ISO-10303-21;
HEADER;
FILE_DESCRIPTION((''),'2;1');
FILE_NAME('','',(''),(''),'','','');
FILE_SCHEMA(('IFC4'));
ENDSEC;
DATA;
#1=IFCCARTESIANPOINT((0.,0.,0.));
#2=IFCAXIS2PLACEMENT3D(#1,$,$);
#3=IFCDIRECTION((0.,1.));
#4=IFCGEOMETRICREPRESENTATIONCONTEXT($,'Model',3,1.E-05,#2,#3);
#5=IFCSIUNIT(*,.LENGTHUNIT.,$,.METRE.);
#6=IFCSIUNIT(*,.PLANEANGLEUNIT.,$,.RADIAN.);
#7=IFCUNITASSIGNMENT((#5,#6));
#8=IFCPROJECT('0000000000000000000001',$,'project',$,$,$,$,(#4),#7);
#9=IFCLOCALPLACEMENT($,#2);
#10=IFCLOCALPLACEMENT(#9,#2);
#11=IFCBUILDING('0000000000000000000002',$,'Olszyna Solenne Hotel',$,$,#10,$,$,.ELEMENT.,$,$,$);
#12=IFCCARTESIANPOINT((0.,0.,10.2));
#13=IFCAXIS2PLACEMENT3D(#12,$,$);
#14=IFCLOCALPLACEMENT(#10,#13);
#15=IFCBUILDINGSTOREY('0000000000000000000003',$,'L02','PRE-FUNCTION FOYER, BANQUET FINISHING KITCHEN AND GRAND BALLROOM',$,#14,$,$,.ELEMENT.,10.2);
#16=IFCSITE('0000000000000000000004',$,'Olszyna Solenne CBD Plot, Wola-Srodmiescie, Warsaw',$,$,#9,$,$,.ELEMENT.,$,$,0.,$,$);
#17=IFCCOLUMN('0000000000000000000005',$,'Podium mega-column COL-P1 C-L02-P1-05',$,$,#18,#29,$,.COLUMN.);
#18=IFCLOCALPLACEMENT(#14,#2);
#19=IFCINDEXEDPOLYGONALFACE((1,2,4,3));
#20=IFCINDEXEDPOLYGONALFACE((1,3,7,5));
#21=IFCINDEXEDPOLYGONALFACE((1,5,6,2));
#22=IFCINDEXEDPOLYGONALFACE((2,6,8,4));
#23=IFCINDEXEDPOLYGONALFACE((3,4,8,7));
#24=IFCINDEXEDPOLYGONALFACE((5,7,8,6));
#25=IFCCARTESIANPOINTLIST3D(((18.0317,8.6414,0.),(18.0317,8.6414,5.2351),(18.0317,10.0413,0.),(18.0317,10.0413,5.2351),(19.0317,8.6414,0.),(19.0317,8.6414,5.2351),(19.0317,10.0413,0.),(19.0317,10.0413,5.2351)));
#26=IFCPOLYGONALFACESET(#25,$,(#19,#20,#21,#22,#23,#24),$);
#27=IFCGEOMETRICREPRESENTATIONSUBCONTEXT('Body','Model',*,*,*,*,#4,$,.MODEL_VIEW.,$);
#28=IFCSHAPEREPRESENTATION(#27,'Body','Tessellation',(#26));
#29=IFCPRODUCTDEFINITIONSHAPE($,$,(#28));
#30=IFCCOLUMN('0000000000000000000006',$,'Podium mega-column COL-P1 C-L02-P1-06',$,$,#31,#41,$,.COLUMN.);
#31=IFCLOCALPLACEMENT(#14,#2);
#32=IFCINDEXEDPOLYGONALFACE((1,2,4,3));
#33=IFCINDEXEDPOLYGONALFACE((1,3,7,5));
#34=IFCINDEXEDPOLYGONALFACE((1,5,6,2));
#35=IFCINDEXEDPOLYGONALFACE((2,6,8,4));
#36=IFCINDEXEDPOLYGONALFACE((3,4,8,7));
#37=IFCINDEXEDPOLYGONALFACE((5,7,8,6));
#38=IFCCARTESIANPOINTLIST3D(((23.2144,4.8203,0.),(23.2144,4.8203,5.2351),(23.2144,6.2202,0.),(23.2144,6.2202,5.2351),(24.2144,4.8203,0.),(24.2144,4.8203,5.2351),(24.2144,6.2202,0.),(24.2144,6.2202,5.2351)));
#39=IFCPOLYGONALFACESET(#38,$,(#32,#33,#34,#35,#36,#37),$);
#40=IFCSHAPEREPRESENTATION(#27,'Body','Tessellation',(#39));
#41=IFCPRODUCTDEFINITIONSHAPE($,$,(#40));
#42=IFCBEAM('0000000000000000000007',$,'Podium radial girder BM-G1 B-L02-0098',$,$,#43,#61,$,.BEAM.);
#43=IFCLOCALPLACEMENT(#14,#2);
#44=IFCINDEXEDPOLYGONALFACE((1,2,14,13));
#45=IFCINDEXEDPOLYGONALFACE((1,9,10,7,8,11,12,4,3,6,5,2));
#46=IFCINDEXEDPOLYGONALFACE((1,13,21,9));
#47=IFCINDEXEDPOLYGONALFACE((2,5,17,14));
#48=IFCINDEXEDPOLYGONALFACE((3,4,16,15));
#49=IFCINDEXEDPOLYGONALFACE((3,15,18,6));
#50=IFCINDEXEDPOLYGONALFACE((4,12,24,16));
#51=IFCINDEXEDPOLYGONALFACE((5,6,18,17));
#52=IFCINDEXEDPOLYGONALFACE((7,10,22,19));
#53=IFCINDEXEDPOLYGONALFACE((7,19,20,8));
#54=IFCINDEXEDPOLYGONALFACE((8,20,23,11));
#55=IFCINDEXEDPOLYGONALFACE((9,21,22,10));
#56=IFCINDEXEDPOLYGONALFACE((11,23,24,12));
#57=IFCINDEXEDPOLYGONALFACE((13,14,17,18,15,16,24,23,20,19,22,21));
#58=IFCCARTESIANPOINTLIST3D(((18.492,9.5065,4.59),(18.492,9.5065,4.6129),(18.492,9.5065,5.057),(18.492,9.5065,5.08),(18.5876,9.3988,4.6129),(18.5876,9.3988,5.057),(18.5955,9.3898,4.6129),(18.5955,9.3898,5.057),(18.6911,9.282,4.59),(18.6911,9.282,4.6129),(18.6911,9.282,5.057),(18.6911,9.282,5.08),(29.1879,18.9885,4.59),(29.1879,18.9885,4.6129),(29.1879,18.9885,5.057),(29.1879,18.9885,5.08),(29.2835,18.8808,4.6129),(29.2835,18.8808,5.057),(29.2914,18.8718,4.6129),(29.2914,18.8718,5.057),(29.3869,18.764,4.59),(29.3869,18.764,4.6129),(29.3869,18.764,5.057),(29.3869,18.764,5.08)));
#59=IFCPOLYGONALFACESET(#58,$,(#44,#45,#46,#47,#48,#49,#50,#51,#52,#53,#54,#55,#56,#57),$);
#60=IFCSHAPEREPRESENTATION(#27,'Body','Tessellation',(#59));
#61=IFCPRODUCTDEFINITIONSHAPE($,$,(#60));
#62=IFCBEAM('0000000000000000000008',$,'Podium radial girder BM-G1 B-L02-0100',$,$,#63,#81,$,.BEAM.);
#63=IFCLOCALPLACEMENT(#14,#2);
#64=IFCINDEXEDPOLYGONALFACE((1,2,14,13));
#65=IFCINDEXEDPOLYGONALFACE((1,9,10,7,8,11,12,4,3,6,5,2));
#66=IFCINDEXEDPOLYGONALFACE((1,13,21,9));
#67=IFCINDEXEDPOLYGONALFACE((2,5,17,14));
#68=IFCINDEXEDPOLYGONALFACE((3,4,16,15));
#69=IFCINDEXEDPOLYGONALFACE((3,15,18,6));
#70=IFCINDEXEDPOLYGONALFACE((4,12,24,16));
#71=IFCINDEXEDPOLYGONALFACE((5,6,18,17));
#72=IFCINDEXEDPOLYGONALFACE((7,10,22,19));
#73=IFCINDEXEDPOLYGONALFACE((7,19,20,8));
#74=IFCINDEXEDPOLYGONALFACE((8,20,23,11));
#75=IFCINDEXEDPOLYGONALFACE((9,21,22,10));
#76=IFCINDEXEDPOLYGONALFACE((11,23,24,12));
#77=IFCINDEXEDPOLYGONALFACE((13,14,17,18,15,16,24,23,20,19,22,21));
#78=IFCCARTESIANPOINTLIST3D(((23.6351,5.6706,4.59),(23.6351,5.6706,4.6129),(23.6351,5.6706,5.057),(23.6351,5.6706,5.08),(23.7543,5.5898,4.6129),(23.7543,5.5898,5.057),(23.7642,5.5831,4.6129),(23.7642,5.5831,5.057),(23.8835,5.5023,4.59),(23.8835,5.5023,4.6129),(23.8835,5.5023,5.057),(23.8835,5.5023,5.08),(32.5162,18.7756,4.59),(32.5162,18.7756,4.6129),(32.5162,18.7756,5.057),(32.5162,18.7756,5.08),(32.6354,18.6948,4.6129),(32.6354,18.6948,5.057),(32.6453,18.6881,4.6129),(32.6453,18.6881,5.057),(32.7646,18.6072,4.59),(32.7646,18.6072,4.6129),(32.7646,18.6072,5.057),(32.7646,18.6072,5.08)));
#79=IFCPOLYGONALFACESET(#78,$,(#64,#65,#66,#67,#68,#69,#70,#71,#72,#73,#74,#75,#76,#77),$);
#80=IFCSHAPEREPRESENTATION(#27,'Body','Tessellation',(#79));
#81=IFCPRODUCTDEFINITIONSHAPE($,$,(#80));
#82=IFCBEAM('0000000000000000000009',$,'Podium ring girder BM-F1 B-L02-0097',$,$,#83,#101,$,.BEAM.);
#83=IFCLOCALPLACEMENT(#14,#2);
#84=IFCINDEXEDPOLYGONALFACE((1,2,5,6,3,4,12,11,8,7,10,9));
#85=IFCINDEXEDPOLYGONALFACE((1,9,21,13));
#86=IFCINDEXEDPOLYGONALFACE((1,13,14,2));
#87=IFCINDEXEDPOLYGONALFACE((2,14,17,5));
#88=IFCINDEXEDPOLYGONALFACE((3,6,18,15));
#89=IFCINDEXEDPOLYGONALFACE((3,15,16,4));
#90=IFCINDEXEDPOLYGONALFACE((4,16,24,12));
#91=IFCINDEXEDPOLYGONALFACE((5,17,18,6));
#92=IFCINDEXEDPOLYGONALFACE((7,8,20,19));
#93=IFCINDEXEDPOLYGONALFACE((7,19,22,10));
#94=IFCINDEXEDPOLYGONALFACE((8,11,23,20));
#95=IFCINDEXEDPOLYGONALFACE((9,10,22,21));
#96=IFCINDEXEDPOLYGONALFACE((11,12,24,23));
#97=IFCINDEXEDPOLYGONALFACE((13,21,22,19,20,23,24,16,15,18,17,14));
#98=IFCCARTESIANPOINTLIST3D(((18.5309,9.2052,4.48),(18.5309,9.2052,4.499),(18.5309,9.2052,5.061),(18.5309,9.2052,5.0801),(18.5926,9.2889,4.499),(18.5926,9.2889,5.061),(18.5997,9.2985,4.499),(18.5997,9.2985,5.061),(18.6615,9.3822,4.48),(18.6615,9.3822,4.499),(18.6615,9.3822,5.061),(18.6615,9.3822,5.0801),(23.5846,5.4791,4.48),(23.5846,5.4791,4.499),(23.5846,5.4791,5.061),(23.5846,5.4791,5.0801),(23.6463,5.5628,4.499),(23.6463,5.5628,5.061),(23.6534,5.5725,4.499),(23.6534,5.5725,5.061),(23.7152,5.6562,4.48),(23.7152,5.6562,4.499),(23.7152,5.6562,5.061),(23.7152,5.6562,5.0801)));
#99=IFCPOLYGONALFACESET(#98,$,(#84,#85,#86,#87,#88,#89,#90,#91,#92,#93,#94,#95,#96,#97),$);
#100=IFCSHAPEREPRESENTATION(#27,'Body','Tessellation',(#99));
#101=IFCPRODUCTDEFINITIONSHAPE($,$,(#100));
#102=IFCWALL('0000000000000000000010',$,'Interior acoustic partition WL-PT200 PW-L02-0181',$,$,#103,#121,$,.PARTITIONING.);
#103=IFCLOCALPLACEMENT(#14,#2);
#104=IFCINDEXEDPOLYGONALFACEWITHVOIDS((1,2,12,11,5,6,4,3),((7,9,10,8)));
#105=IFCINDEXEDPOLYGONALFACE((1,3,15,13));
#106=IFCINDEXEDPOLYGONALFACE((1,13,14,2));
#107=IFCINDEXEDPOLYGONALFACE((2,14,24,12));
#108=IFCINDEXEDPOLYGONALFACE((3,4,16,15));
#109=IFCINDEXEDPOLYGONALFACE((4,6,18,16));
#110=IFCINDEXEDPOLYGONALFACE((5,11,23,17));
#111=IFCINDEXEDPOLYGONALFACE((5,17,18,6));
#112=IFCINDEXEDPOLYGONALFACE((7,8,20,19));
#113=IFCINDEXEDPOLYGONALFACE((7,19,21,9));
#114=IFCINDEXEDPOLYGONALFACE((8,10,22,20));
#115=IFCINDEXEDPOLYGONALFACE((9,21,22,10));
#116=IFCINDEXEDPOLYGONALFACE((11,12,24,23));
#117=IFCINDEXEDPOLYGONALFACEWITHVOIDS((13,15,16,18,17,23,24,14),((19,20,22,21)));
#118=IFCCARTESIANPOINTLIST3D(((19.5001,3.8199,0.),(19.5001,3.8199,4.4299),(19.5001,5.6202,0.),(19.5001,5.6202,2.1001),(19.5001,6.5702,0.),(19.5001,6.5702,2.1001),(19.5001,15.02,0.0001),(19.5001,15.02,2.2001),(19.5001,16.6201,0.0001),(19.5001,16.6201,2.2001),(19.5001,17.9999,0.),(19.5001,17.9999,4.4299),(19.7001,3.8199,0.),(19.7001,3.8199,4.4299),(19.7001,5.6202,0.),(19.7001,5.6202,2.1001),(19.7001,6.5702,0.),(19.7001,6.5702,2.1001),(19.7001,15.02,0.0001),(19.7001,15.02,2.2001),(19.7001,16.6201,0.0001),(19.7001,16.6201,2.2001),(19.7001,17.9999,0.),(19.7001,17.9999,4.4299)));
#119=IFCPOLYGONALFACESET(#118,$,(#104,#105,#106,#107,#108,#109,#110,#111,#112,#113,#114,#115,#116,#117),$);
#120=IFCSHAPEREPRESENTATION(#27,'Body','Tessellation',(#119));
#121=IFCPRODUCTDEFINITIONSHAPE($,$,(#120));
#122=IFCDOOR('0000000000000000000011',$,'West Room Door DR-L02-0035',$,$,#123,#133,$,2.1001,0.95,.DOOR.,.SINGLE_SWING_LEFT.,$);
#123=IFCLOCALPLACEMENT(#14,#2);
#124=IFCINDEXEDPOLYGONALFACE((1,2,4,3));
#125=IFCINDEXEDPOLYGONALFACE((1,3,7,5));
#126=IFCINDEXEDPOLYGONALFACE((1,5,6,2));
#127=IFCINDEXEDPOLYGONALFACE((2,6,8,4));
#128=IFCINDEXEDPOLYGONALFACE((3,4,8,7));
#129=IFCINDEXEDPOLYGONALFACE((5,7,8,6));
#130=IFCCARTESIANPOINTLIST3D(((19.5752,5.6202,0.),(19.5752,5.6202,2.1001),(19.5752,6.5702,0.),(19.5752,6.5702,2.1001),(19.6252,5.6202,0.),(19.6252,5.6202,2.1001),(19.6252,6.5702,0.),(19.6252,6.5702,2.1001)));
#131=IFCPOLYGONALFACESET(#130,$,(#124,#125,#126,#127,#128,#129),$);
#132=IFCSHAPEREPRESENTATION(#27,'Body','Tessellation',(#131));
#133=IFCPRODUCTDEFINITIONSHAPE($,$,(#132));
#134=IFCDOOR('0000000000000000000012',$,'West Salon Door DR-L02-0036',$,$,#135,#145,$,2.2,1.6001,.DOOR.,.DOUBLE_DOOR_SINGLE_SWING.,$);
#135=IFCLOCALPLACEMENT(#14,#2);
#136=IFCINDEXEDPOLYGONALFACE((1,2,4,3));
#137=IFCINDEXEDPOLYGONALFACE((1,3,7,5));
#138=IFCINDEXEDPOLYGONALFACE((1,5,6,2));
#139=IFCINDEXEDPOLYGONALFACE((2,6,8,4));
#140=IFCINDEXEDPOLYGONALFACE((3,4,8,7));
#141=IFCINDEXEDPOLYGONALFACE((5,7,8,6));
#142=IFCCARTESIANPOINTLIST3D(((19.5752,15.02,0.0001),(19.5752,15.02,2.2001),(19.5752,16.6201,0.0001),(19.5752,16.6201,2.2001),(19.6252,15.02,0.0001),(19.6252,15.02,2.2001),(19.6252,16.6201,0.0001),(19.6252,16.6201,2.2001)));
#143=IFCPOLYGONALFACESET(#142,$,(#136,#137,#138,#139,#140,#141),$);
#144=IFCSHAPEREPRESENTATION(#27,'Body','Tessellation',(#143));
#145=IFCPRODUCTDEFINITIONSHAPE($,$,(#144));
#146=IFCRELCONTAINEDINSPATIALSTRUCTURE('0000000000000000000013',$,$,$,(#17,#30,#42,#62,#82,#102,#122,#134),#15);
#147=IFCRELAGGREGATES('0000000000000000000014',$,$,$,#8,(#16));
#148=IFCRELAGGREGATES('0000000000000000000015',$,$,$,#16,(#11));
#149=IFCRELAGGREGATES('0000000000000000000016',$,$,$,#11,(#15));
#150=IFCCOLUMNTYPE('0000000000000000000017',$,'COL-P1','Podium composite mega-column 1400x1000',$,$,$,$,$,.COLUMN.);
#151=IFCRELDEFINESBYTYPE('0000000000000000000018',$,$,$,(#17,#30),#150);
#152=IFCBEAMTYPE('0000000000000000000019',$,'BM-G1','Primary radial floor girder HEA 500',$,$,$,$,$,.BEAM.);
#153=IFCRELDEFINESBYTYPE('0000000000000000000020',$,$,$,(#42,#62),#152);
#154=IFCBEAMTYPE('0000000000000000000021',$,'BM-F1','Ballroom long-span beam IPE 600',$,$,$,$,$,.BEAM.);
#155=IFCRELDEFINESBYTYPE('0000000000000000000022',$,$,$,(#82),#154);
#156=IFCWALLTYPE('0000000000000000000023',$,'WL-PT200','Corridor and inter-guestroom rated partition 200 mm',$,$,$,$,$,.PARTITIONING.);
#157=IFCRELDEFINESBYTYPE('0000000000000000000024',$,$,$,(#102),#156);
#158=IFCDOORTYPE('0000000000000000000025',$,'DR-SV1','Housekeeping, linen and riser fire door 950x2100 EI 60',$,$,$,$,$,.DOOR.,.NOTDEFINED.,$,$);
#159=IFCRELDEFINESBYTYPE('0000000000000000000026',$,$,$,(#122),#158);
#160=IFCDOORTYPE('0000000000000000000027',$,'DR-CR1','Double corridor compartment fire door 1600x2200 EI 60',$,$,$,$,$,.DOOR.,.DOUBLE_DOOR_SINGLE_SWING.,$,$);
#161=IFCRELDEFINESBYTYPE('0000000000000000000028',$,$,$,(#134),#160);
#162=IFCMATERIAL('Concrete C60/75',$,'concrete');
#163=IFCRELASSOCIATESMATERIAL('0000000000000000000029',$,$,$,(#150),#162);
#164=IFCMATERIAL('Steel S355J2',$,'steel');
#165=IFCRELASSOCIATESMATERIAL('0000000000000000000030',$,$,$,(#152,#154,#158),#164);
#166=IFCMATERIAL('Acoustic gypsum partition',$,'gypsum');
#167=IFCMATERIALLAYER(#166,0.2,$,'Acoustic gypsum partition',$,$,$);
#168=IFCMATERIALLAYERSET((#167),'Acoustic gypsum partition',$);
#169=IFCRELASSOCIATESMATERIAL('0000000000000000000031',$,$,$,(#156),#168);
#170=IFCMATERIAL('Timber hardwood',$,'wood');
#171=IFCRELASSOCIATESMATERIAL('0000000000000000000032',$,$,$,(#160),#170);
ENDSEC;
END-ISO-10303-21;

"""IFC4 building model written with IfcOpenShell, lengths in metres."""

from ifc_helpers import new_model, si_unit, direction, frame, frame_2d, origin, origin_2d, place, context, subcontext, project, spatial, rectangle, i_section, extrude, source, transform, mapped, material, layer, layer_set, material_profile, profile_set, type_object, type_shapes, element, fill, save


model = new_model("IFC4")

# Units and contexts
model_context = context("Model", 3, precision=1e-05, world=origin(), true_north=direction((0.0, 1.0)))
body_context = subcontext(model_context, "Body", "Model", "MODEL_VIEW")
ifc_project = project(units=[si_unit("LENGTHUNIT", "METRE"), si_unit("PLANEANGLEUNIT", "RADIAN")], contexts=[model_context])

# Site, building, storey
site_placement = place(None, origin())
site = spatial("IfcSite", under=ifc_project, at=site_placement, Name="Olszyna Solenne CBD Plot, Wola-Srodmiescie, Warsaw", CompositionType="ELEMENT", RefElevation=0.0)
building_placement = place(site_placement, origin())
building = spatial("IfcBuilding", under=site, at=building_placement, Name="Olszyna Solenne Hotel", CompositionType="ELEMENT")
storey_placement = place(building_placement, frame((0.0, 0.0, 10.2)))
storey = spatial("IfcBuildingStorey", under=building, at=storey_placement, Name="L02", Description="PRE-FUNCTION FOYER, BANQUET FINISHING KITCHEN AND GRAND BALLROOM", CompositionType="ELEMENT", Elevation=10.2)

# Columns
ifc_material_1 = material(Name="Concrete C60/75", Category="concrete")
ifc_material_profile_1 = material_profile(ifc_material_1, rectangle(XDim=1.0, YDim=1.3999, at=origin_2d()), Name="RC 1400x1000", Category="load-bearing")
ifc_profile_set_1 = profile_set([ifc_material_profile_1], Name="Concrete C60/75")
column_type = type_object("IfcColumnType", Name="COL-P1", Description="Podium composite mega-column 1400x1000", PredefinedType="COLUMN", material=ifc_profile_set_1)
shared_shape_1 = source(origin(), body_context, "Body", "SweptSolid", [
    extrude(rectangle(XDim=1.0, YDim=1.3999, at=origin_2d()), origin(), (0.0, 0.0, 1.0), 5.2351),
])
for number, where, z_axis, x_axis, name in (
    (1, (18.5317, 9.3413, 0.0), (0.0, 0.0, 1.0), (1.0, 0.0, 0.0), "Podium mega-column COL-P1 C-L02-P1-05"),
    (2, (23.7144, 5.5203, 0.0), (0.0, 0.0, 1.0), (1.0, 0.0, 0.0), "Podium mega-column COL-P1 C-L02-P1-06"),
):
    element("IfcColumn", number, at=place(storey_placement, frame(where, z_axis=z_axis, x_axis=x_axis)), inside=storey, type_object=column_type, Name=name, PredefinedType="COLUMN", context=body_context, shape_type="MappedRepresentation", body=[
        mapped(shared_shape_1, transform((0.0, 0.0, 0.0), x_axis=(1.0, 0.0, 0.0), y_axis=(0.0, 1.0, 0.0), z_axis=(0.0, 0.0, 1.0), scale=1.0)),
    ])

# Beams
ifc_material_2 = material(Name="Steel S355J2", Category="steel")
ifc_material_profile_2 = material_profile(ifc_material_2, i_section(OverallWidth=0.3, OverallDepth=0.49, WebThickness=0.012, FlangeThickness=0.0229, at=origin_2d()), Name="HEA 500", Category="load-bearing")
ifc_profile_set_2 = profile_set([ifc_material_profile_2], Name="Steel S355J2")
beam_type_1 = type_object("IfcBeamType", Name="BM-G1", Description="Primary radial floor girder HEA 500", PredefinedType="BEAM", material=ifc_profile_set_2)
shared_shape_2 = source(origin(), body_context, "Body", "SweptSolid", [
    extrude(i_section(OverallWidth=0.3, OverallDepth=0.49, WebThickness=0.012, FlangeThickness=0.0229, at=origin_2d()), origin(), (0.0, 0.0, 1.0), 14.2937),
])
beam_1_placement = place(storey_placement, frame((18.5916, 9.3943, 4.835), z_axis=(0.748293, 0.663369, 0.0), x_axis=(-0.663369, 0.748293, 0.0)))
element("IfcBeam", 3, at=beam_1_placement, inside=storey, type_object=beam_type_1, Name="Podium radial girder BM-G1 B-L02-0098", PredefinedType="BEAM", context=body_context, shape_type="MappedRepresentation", body=[
    mapped(shared_shape_2, transform((0.0, 0.0, 0.0), x_axis=(1.0, 0.0, 0.0), y_axis=(0.0, 1.0, 0.0), z_axis=(0.0, 0.0, 1.0), scale=1.0)),
])
shared_shape_3 = source(origin(), body_context, "Body", "SweptSolid", [
    extrude(i_section(OverallWidth=0.3, OverallDepth=0.49, WebThickness=0.012, FlangeThickness=0.0229, at=origin_2d()), origin(), (0.0, 0.0, 1.0), 15.8308),
])
beam_2_placement = place(storey_placement, frame((23.7593, 5.5864, 4.835), z_axis=(0.561001, 0.827815, 0.0), x_axis=(-0.827815, 0.561001, 0.0)))
element("IfcBeam", 4, at=beam_2_placement, inside=storey, type_object=beam_type_1, Name="Podium radial girder BM-G1 B-L02-0100", PredefinedType="BEAM", context=body_context, shape_type="MappedRepresentation", body=[
    mapped(shared_shape_3, transform((0.0, 0.0, 0.0), x_axis=(1.0, 0.0, 0.0), y_axis=(0.0, 1.0, 0.0), z_axis=(0.0, 0.0, 1.0), scale=1.0)),
])
ifc_material_profile_3 = material_profile(ifc_material_2, i_section(OverallWidth=0.22, OverallDepth=0.6001, WebThickness=0.012, FlangeThickness=0.019, at=origin_2d()), Name="IPE 600", Category="load-bearing")
ifc_profile_set_3 = profile_set([ifc_material_profile_3], Name="Steel S355J2")
beam_type_2 = type_object("IfcBeamType", Name="BM-F1", Description="Ballroom long-span beam IPE 600", PredefinedType="BEAM", material=ifc_profile_set_3)
shared_shape_4 = source(origin(), body_context, "Body", "SweptSolid", [
    extrude(i_section(OverallWidth=0.22, OverallDepth=0.6001, WebThickness=0.012, FlangeThickness=0.019, at=origin_2d()), origin(), (0.0, 0.0, 1.0), 6.2788),
])
beam_3_placement = place(storey_placement, frame((18.5962, 9.2937, 4.78), z_axis=(0.804882, -0.593435, 0.0), x_axis=(0.593435, 0.804882, 0.0)))
element("IfcBeam", 5, at=beam_3_placement, inside=storey, type_object=beam_type_2, Name="Podium ring girder BM-F1 B-L02-0097", PredefinedType="BEAM", context=body_context, shape_type="MappedRepresentation", body=[
    mapped(shared_shape_4, transform((0.0, 0.0, 0.0), x_axis=(1.0, 0.0, 0.0), y_axis=(0.0, 1.0, 0.0), z_axis=(0.0, 0.0, 1.0), scale=1.0)),
])

# Wall, openings, doors
ifc_material_3 = material(Name="Acoustic gypsum partition", Category="gypsum")
ifc_layer_1 = layer(ifc_material_3, 0.2, Name="Acoustic gypsum partition")
ifc_layer_set_1 = layer_set([ifc_layer_1], Name="Acoustic gypsum partition")
wall_type_1 = type_object("IfcWallType", Name="WL-PT200", Description="Corridor and inter-guestroom rated partition 200 mm", PredefinedType="PARTITIONING", material=ifc_layer_set_1)
wall_1_placement = place(storey_placement, frame((19.6001, 3.8201, 0.0), z_axis=(0.0, 0.0, 1.0), x_axis=(0.0, 1.0, 0.0)))
wall_1 = element("IfcWall", 6, at=wall_1_placement, inside=storey, type_object=wall_type_1, Name="Interior acoustic partition WL-PT200 PW-L02-0181", PredefinedType="PARTITIONING", context=body_context, shape_type="SweptSolid", body=[
    extrude(rectangle(XDim=14.1799, YDim=0.2, at=frame_2d((7.0898, 0.0))), origin(), (0.0, 0.0, 1.0), 4.4299),
])
opening_1_placement = place(wall_1_placement, frame((1.8, 0.0, 0.0)))
opening_1 = element("IfcOpeningElement", 7, at=opening_1_placement, cuts=wall_1, PredefinedType="OPENING", context=body_context, shape_type="SweptSolid", body=[
    extrude(rectangle(XDim=0.95, YDim=2.1001, at=frame_2d((0.4751, 1.05))), frame((0.0, 0.1099, 0.0), z_axis=(0.0, -1.0, 0.0), x_axis=(1.0, 0.0, 0.0)), (0.0, 0.0, 1.0), 0.22),
])
opening_2_placement = place(wall_1_placement, frame((11.2, 0.0, 0.0)))
opening_2 = element("IfcOpeningElement", 8, at=opening_2_placement, cuts=wall_1, PredefinedType="OPENING", context=body_context, shape_type="SweptSolid", body=[
    extrude(rectangle(XDim=1.6001, YDim=2.2, at=frame_2d((0.8, 1.1001))), frame((0.0, 0.1099, 0.0), z_axis=(0.0, -1.0, 0.0), x_axis=(1.0, 0.0, 0.0)), (0.0, 0.0, 1.0), 0.22),
])
door_type_1 = type_object("IfcDoorType", Name="DR-SV1", Description="Housekeeping, linen and riser fire door 950x2100 EI 60", OperationType="NOTDEFINED", PredefinedType="DOOR", material=ifc_material_2)
shared_shape_5 = source(origin(), body_context, "Body", "SweptSolid", [
    extrude(rectangle(XDim=0.95, YDim=2.1001, at=frame_2d((0.4751, 1.05))), frame((0.0, 0.0249, 0.0), z_axis=(0.0, -1.0, 0.0), x_axis=(1.0, 0.0, 0.0)), (0.0, 0.0, 1.0), 0.05),
])
type_shapes(door_type_1, [shared_shape_5])
door_1_placement = place(opening_1_placement, origin())
door_1 = element("IfcDoor", 9, at=door_1_placement, inside=storey, type_object=door_type_1, Name="West Room Door DR-L02-0035", OperationType="SINGLE_SWING_LEFT", OverallHeight=2.1001, OverallWidth=0.95, PredefinedType="DOOR", context=body_context, shape_type="MappedRepresentation", body=[
    mapped(shared_shape_5, transform((0.0, 0.0, 0.0), x_axis=(1.0, 0.0, 0.0), y_axis=(0.0, 1.0, 0.0), z_axis=(0.0, 0.0, 1.0), scale=1.0)),
])
fill(opening_1, door_1)
ifc_material_4 = material(Name="Timber hardwood", Category="wood")
door_type_2 = type_object("IfcDoorType", Name="DR-CR1", Description="Double corridor compartment fire door 1600x2200 EI 60", OperationType="DOUBLE_DOOR_SINGLE_SWING", PredefinedType="DOOR", material=ifc_material_4)
shared_shape_6 = source(origin(), body_context, "Body", "SweptSolid", [
    extrude(rectangle(XDim=1.6001, YDim=2.2, at=frame_2d((0.8, 1.1001))), frame((0.0, 0.0249, 0.0), z_axis=(0.0, -1.0, 0.0), x_axis=(1.0, 0.0, 0.0)), (0.0, 0.0, 1.0), 0.05),
])
type_shapes(door_type_2, [shared_shape_6])
door_2_placement = place(opening_2_placement, origin())
door_2 = element("IfcDoor", 10, at=door_2_placement, inside=storey, type_object=door_type_2, Name="West Salon Door DR-L02-0036", OperationType="DOUBLE_DOOR_SINGLE_SWING", OverallHeight=2.2, OverallWidth=1.6001, PredefinedType="DOOR", context=body_context, shape_type="MappedRepresentation", body=[
    mapped(shared_shape_6, transform((0.0, 0.0, 0.0), x_axis=(1.0, 0.0, 0.0), y_axis=(0.0, 1.0, 0.0), z_axis=(0.0, 0.0, 1.0), scale=1.0)),
])
fill(opening_2, door_2)

save(model, "model.ifc")
